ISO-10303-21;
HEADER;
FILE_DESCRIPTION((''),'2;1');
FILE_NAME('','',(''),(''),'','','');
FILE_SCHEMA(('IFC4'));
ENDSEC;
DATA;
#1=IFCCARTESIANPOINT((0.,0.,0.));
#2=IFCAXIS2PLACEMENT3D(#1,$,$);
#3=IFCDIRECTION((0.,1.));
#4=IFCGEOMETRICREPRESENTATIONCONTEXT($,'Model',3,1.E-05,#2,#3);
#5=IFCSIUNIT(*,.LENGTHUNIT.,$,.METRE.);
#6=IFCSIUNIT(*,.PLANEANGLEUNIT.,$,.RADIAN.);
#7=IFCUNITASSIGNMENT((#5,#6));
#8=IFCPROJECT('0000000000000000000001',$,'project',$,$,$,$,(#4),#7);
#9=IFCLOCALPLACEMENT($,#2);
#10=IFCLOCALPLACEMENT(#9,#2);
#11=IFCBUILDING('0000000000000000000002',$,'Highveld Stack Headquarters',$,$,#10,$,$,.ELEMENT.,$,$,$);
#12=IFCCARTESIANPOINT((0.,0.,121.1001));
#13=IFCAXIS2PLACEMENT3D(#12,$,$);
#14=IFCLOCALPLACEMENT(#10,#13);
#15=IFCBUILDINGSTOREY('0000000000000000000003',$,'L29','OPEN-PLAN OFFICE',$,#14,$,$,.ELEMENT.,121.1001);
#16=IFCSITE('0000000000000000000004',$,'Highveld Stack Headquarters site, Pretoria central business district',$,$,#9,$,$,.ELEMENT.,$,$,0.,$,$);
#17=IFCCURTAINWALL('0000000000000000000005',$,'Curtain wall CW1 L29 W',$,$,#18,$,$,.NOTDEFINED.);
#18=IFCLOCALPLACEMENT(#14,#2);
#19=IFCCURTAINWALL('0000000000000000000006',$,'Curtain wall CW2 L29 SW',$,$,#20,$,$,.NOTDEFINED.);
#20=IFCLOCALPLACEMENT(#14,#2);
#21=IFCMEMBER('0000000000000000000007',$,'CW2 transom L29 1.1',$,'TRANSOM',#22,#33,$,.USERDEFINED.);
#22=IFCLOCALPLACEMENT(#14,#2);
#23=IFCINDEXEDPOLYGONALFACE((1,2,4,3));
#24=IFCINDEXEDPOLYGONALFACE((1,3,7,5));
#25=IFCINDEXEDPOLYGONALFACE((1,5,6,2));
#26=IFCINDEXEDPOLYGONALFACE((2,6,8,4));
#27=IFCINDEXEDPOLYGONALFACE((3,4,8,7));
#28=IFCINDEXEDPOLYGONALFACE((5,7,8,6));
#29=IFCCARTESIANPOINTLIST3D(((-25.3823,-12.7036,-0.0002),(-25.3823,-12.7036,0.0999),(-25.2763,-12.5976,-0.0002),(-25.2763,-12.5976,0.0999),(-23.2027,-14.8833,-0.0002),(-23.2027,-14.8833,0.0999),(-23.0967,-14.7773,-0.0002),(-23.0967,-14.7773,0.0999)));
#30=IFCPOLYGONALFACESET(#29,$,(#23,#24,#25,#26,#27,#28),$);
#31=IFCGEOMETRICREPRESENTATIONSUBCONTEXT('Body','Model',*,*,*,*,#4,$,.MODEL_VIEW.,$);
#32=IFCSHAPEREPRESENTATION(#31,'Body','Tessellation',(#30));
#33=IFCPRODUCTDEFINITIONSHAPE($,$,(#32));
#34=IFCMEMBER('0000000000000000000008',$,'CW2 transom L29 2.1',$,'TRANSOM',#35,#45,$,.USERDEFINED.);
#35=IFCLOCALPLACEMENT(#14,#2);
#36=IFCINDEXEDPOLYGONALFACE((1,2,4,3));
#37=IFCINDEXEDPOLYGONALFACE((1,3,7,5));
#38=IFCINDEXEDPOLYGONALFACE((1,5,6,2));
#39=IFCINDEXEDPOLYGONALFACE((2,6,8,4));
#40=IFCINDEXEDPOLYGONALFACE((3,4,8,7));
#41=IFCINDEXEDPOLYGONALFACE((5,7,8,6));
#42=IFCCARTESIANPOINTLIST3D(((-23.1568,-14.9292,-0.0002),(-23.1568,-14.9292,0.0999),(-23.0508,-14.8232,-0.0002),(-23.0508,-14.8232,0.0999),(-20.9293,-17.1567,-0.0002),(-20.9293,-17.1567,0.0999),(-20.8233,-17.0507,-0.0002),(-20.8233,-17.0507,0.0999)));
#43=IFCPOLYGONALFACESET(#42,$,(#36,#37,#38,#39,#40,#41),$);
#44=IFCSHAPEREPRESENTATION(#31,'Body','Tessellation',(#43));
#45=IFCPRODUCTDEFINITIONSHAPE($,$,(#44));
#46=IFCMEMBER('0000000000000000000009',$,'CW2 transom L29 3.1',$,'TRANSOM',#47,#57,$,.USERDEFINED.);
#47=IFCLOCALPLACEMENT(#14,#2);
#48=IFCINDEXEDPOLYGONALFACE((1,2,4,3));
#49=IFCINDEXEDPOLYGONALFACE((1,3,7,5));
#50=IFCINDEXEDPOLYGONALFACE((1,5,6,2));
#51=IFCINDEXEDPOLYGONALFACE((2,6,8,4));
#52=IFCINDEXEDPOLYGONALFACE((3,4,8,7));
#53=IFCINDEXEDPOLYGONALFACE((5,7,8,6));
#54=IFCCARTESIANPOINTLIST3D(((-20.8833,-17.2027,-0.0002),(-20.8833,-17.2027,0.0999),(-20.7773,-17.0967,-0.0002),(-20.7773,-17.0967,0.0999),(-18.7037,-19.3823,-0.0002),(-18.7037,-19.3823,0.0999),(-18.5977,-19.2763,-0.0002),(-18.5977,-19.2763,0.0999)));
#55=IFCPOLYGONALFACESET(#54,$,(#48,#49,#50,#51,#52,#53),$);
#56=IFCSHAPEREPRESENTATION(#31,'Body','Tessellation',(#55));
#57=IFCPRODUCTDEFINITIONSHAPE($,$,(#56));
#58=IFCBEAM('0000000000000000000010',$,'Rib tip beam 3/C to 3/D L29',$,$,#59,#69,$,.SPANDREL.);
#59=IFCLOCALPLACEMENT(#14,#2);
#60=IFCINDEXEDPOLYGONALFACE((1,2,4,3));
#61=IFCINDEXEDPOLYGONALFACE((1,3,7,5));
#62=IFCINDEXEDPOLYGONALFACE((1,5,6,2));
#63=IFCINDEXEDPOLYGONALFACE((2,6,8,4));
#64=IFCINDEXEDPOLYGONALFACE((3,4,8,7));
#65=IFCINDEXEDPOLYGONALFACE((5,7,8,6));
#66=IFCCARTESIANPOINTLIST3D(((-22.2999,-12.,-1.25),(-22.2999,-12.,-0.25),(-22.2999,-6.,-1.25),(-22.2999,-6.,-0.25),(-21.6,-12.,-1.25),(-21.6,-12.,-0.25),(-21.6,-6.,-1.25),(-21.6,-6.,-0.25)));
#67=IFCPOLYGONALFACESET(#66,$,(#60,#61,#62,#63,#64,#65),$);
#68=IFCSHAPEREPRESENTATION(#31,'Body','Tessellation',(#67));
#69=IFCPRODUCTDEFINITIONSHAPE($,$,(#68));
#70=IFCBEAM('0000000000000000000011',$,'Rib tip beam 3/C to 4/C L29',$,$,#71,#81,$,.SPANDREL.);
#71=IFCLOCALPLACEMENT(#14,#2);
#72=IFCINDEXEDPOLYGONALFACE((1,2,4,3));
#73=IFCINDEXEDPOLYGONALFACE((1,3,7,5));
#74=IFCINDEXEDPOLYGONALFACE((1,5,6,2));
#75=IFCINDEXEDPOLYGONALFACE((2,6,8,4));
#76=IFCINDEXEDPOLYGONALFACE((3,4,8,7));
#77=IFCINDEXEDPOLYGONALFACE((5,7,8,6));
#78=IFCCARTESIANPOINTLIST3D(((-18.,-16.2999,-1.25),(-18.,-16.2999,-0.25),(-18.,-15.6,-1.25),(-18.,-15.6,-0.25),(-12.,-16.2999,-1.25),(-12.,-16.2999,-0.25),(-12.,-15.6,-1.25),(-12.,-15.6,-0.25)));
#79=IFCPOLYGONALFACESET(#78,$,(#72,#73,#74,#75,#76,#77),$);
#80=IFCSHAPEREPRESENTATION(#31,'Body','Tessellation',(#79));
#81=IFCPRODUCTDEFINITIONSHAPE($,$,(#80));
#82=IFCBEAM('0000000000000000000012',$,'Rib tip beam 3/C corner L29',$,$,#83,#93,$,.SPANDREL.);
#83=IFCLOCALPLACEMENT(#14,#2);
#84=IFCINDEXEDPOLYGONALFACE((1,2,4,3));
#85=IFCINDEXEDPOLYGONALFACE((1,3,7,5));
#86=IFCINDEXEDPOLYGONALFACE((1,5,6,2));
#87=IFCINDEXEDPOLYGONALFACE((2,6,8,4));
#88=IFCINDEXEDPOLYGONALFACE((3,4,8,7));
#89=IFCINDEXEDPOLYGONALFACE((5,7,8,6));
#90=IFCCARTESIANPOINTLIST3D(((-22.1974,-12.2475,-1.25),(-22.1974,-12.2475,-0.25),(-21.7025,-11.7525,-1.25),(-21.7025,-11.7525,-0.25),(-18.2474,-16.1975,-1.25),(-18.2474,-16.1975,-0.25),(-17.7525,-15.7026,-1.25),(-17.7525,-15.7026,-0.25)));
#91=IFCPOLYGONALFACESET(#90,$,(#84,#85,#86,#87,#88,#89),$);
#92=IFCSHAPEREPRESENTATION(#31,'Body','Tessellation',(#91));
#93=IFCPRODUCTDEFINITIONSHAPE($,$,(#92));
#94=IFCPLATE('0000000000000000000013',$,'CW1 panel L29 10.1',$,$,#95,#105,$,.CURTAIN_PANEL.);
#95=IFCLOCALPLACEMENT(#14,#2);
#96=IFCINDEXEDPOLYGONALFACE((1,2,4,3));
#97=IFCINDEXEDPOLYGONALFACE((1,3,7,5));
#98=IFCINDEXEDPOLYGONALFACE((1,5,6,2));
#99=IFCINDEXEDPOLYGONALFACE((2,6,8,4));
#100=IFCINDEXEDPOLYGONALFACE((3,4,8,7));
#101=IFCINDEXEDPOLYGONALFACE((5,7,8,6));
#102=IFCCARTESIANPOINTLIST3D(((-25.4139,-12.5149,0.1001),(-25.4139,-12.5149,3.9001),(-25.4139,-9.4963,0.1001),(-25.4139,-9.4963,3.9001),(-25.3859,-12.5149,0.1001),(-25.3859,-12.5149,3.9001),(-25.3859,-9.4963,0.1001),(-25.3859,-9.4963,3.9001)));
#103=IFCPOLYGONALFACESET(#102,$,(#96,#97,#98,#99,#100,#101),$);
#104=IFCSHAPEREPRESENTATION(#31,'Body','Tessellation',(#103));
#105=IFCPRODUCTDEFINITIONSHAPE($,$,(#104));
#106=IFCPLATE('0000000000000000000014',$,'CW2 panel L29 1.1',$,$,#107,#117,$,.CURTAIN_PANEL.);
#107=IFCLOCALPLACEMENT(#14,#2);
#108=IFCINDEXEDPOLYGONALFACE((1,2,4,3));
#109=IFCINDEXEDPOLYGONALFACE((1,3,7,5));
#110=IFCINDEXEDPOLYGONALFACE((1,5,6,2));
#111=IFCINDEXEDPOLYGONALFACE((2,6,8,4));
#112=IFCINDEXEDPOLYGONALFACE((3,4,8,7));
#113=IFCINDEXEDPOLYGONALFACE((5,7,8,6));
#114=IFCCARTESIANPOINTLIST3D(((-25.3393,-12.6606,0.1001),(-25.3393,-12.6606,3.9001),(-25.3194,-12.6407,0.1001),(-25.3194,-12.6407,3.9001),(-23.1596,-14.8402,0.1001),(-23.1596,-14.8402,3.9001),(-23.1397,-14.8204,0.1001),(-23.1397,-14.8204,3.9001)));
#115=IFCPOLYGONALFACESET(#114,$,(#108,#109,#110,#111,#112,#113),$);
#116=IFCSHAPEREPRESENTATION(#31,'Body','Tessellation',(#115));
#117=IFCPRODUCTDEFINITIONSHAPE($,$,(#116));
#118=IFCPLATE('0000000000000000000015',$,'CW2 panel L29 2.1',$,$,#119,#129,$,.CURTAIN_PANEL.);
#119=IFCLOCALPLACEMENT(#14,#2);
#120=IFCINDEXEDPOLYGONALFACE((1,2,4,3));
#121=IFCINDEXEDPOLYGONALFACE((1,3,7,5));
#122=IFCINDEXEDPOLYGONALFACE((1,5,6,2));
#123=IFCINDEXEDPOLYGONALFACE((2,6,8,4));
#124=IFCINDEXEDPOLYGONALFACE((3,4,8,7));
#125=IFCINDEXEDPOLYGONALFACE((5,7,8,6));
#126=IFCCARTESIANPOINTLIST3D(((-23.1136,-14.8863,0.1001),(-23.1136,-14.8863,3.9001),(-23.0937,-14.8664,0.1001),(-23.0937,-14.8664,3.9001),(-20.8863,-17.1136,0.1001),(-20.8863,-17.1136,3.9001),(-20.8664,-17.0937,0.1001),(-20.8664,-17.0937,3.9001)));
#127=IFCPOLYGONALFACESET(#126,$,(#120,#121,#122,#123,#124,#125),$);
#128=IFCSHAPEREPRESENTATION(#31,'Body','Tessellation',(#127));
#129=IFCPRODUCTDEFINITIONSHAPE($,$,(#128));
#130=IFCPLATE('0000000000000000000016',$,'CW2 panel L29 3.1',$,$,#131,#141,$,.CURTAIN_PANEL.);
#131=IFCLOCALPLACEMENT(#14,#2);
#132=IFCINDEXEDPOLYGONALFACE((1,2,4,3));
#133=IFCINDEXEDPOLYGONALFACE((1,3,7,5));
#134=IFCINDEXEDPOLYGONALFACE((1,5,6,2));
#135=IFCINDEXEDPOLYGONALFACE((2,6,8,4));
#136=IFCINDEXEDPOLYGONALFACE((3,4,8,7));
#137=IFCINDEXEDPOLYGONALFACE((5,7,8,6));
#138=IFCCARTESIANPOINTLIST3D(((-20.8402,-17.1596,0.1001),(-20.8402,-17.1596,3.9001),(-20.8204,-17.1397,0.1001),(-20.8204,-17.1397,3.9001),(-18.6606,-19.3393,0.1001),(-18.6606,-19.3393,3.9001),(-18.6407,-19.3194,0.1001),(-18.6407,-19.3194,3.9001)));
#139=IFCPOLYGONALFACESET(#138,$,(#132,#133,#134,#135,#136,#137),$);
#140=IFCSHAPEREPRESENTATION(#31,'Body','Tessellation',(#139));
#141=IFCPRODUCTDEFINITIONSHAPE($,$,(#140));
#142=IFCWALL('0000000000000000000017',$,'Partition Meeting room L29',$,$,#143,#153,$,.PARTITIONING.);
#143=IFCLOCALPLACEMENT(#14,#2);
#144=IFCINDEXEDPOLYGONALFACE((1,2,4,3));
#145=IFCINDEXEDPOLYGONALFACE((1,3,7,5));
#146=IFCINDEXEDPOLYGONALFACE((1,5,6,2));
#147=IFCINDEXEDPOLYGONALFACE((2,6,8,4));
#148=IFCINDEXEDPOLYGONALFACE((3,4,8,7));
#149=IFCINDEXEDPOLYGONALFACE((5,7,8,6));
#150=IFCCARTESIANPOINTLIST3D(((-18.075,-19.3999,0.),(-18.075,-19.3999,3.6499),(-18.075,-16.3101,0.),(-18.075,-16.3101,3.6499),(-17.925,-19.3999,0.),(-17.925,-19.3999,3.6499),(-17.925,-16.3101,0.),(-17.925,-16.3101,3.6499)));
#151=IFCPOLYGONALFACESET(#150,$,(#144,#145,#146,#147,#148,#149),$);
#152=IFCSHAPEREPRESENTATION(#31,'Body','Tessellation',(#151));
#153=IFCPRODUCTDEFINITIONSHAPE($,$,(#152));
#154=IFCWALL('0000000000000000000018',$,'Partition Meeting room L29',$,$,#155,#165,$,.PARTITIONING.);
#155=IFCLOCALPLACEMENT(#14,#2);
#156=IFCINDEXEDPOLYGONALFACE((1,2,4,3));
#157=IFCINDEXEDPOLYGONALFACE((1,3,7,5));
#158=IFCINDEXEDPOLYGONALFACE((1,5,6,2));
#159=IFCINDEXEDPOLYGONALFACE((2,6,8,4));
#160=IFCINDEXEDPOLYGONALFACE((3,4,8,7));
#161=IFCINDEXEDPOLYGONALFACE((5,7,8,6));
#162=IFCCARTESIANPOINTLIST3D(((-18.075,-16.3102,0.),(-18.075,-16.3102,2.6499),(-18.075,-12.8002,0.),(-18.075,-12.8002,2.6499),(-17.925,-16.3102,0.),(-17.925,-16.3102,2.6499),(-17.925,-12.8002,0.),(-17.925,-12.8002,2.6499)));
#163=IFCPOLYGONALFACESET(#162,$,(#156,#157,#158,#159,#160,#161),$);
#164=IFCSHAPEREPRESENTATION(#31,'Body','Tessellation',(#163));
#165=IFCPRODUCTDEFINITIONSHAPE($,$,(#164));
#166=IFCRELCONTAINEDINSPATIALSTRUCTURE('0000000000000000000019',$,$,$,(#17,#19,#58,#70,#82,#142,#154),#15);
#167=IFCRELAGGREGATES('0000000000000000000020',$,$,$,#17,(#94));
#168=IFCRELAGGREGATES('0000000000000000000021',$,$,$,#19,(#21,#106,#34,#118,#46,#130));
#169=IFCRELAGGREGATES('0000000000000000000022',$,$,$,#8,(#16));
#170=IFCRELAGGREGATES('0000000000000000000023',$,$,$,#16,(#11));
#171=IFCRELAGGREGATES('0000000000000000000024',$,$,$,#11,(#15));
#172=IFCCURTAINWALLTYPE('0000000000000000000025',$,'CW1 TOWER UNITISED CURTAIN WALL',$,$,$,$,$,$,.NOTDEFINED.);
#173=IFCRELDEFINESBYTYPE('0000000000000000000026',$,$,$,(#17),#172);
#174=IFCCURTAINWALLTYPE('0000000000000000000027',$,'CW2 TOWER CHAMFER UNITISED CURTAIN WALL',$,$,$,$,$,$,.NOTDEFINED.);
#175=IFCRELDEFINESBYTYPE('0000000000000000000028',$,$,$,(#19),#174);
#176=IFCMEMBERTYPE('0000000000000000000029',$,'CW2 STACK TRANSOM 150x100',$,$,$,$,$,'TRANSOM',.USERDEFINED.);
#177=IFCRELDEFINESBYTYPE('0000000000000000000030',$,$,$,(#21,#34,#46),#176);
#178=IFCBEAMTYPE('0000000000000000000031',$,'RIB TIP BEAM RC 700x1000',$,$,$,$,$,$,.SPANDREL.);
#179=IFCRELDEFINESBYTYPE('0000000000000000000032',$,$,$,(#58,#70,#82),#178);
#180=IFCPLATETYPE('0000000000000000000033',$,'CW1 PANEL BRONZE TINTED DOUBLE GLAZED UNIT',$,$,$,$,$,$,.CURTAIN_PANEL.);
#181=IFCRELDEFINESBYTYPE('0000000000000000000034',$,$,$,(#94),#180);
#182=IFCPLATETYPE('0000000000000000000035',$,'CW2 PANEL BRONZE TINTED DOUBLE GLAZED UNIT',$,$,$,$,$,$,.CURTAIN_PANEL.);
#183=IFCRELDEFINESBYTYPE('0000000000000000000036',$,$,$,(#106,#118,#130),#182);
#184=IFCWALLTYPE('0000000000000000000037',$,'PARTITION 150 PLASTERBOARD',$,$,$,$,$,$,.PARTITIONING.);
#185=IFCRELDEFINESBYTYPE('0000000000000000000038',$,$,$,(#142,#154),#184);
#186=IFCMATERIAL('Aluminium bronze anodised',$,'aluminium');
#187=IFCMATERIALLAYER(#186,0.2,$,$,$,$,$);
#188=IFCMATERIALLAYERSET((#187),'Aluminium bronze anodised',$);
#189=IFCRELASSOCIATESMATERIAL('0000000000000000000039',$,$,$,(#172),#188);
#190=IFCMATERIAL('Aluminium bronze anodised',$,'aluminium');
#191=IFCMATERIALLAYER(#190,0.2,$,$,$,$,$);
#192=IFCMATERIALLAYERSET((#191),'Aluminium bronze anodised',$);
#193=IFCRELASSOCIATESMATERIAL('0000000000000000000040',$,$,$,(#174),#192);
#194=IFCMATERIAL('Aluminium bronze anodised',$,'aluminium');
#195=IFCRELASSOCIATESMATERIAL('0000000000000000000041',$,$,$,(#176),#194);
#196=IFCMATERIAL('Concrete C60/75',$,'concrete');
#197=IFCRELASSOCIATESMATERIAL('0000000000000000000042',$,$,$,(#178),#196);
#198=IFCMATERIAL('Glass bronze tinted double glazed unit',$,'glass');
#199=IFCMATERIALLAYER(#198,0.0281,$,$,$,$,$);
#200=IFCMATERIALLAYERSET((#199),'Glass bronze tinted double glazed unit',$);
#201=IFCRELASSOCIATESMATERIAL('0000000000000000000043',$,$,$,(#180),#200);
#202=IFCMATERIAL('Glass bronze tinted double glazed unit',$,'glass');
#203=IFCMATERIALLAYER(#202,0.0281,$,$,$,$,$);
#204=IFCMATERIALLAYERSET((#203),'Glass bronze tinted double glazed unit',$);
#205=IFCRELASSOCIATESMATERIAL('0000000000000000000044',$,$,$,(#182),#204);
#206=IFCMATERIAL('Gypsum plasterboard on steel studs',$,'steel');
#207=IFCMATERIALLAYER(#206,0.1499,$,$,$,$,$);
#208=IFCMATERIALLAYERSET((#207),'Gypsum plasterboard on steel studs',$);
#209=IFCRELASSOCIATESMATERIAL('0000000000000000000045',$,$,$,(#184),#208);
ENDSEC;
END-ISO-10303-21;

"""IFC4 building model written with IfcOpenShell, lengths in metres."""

from ifc_helpers import new_model, si_unit, direction, frame, frame_2d, origin, origin_2d, place, context, subcontext, project, spatial, rectangle, extrude, material, layer, layer_set, material_profile, profile_set, type_object, element, aggregate, save


model = new_model("IFC4")

# Units and contexts
model_context = context("Model", 3, precision=1e-05, world=origin(), true_north=direction((0.0, 1.0)))
body_context = subcontext(model_context, "Body", "Model", "MODEL_VIEW")
ifc_project = project(units=[si_unit("LENGTHUNIT", "METRE"), si_unit("PLANEANGLEUNIT", "RADIAN")], contexts=[model_context])

# Site, building, storey
site_placement = place(None, origin())
site = spatial("IfcSite", under=ifc_project, at=site_placement, Name="Highveld Stack Headquarters site, Pretoria central business district", CompositionType="ELEMENT", RefElevation=0.0)
building_placement = place(site_placement, origin())
building = spatial("IfcBuilding", under=site, at=building_placement, Name="Highveld Stack Headquarters", CompositionType="ELEMENT")
storey_placement = place(building_placement, frame((0.0, 0.0, 121.1001)))
storey = spatial("IfcBuildingStorey", under=building, at=storey_placement, Name="L29", Description="OPEN-PLAN OFFICE", CompositionType="ELEMENT", Elevation=121.1001)

# Curtain wall
ifc_material_1 = material(Name="Aluminium bronze anodised", Category="aluminium")
ifc_layer_1 = layer(ifc_material_1, 0.2)
ifc_layer_set_1 = layer_set([ifc_layer_1], Name="Aluminium bronze anodised")
curtain_wall_type_1 = type_object("IfcCurtainWallType", Name="CW1 TOWER UNITISED CURTAIN WALL", PredefinedType="NOTDEFINED", material=ifc_layer_set_1)
curtain_wall_1_placement = place(storey_placement, origin())
curtain_wall_1 = element("IfcCurtainWall", 1, at=curtain_wall_1_placement, inside=storey, type_object=curtain_wall_type_1, Name="Curtain wall CW1 L29 W", PredefinedType="NOTDEFINED")

# Curtain wall, members
ifc_material_2 = material(Name="Aluminium bronze anodised", Category="aluminium")
ifc_layer_2 = layer(ifc_material_2, 0.2)
ifc_layer_set_2 = layer_set([ifc_layer_2], Name="Aluminium bronze anodised")
curtain_wall_type_2 = type_object("IfcCurtainWallType", Name="CW2 TOWER CHAMFER UNITISED CURTAIN WALL", PredefinedType="NOTDEFINED", material=ifc_layer_set_2)
curtain_wall_2_placement = place(storey_placement, origin())
curtain_wall_2 = element("IfcCurtainWall", 2, at=curtain_wall_2_placement, inside=storey, type_object=curtain_wall_type_2, Name="Curtain wall CW2 L29 SW", PredefinedType="NOTDEFINED")
ifc_material_3 = material(Name="Aluminium bronze anodised", Category="aluminium")
ifc_material_profile_1 = material_profile(ifc_material_3, rectangle(XDim=0.1499, YDim=0.1001, at=origin_2d()), Name="CW2 TRANSOM 150x100")
ifc_profile_set_1 = profile_set([ifc_material_profile_1], Name="Aluminium bronze anodised")
member_type_1 = type_object("IfcMemberType", Name="CW2 STACK TRANSOM 150x100", ElementType="TRANSOM", PredefinedType="USERDEFINED", material=ifc_profile_set_1)
member_1_placement = place(storey_placement, frame((-25.3293, -12.6506, 0.0498), z_axis=(0.707107, -0.707107, 0.0), x_axis=(0.707107, 0.707107, 0.0)))
member_1 = element("IfcMember", 3, at=member_1_placement, type_object=member_type_1, Name="CW2 transom L29 1.1", ObjectType="TRANSOM", PredefinedType="USERDEFINED", context=body_context, shape_type="SweptSolid", body=[
    extrude(rectangle(XDim=0.1499, YDim=0.1001, at=origin_2d()), origin(), (0.0, 0.0, 1.0), 3.0825),
])
member_2_placement = place(storey_placement, frame((-23.1038, -14.8762, 0.0498), z_axis=(0.707107, -0.707107, 0.0), x_axis=(0.707107, 0.707107, 0.0)))
member_2 = element("IfcMember", 4, at=member_2_placement, type_object=member_type_1, Name="CW2 transom L29 2.1", ObjectType="TRANSOM", PredefinedType="USERDEFINED", context=body_context, shape_type="SweptSolid", body=[
    extrude(rectangle(XDim=0.1499, YDim=0.1001, at=origin_2d()), origin(), (0.0, 0.0, 1.0), 3.1501),
])
member_3_placement = place(storey_placement, frame((-20.8303, -17.1497, 0.0498), z_axis=(0.707107, -0.707107, 0.0), x_axis=(0.707107, 0.707107, 0.0)))
member_3 = element("IfcMember", 5, at=member_3_placement, type_object=member_type_1, Name="CW2 transom L29 3.1", ObjectType="TRANSOM", PredefinedType="USERDEFINED", context=body_context, shape_type="SweptSolid", body=[
    extrude(rectangle(XDim=0.1499, YDim=0.1001, at=origin_2d()), origin(), (0.0, 0.0, 1.0), 3.0825),
])

# Beams
ifc_material_4 = material(Name="Concrete C60/75", Category="concrete")
ifc_material_profile_2 = material_profile(ifc_material_4, rectangle(XDim=0.7, YDim=1.0, at=origin_2d()), Name="RC 700x1000")
ifc_profile_set_2 = profile_set([ifc_material_profile_2], Name="Concrete C60/75")
beam_type_1 = type_object("IfcBeamType", Name="RIB TIP BEAM RC 700x1000", PredefinedType="SPANDREL", material=ifc_profile_set_2)
for number, where, z_axis, x_axis, name in (
    (6, (-21.95, -12.0, -0.75), (0.0, 1.0, 0.0), (-1.0, 0.0, 0.0), "Rib tip beam 3/C to 3/D L29"),
    (7, (-18.0, -15.95, -0.75), (1.0, 0.0, 0.0), (0.0, 1.0, 0.0), "Rib tip beam 3/C to 4/C L29"),
):
    element("IfcBeam", number, at=place(storey_placement, frame(where, z_axis=z_axis, x_axis=x_axis)), inside=storey, type_object=beam_type_1, Name=name, PredefinedType="SPANDREL", context=body_context, shape_type="SweptSolid", body=[
        extrude(rectangle(XDim=0.7, YDim=1.0, at=origin_2d()), origin(), (0.0, 0.0, 1.0), 6.0),
    ])
beam_1_placement = place(storey_placement, frame((-21.95, -12.0, -0.75), z_axis=(0.707107, -0.707107, 0.0), x_axis=(0.707107, 0.707107, 0.0)))
element("IfcBeam", 8, at=beam_1_placement, inside=storey, type_object=beam_type_1, Name="Rib tip beam 3/C corner L29", PredefinedType="SPANDREL", context=body_context, shape_type="SweptSolid", body=[
    extrude(rectangle(XDim=0.7, YDim=1.0, at=origin_2d()), origin(), (0.0, 0.0, 1.0), 5.5862),
])

# Plates
ifc_material_5 = material(Name="Glass bronze tinted double glazed unit", Category="glass")
ifc_layer_3 = layer(ifc_material_5, 0.0281)
ifc_layer_set_3 = layer_set([ifc_layer_3], Name="Glass bronze tinted double glazed unit")
plate_type_1 = type_object("IfcPlateType", Name="CW1 PANEL BRONZE TINTED DOUBLE GLAZED UNIT", PredefinedType="CURTAIN_PANEL", material=ifc_layer_set_3)
plate_1_placement = place(storey_placement, frame((-25.3999, -11.0056, 0.1001), z_axis=(0.0, 0.0, 1.0), x_axis=(0.0, -1.0, 0.0)))
plate_1 = element("IfcPlate", 9, at=plate_1_placement, type_object=plate_type_1, Name="CW1 panel L29 10.1", PredefinedType="CURTAIN_PANEL", context=body_context, shape_type="SweptSolid", body=[
    extrude(rectangle(XDim=3.0186, YDim=0.0281, at=origin_2d()), origin(), (0.0, 0.0, 1.0), 3.8),
])
aggregate(curtain_wall_1, [plate_1])
ifc_material_6 = material(Name="Glass bronze tinted double glazed unit", Category="glass")
ifc_layer_4 = layer(ifc_material_6, 0.0281)
ifc_layer_set_4 = layer_set([ifc_layer_4], Name="Glass bronze tinted double glazed unit")
plate_type_2 = type_object("IfcPlateType", Name="CW2 PANEL BRONZE TINTED DOUBLE GLAZED UNIT", PredefinedType="CURTAIN_PANEL", material=ifc_layer_set_4)
plate_2_placement = place(storey_placement, frame((-24.2395, -13.7405, 0.1001), z_axis=(0.0, 0.0, 1.0), x_axis=(0.707107, -0.707107, 0.0)))
plate_2 = element("IfcPlate", 10, at=plate_2_placement, type_object=plate_type_2, Name="CW2 panel L29 1.1", PredefinedType="CURTAIN_PANEL", context=body_context, shape_type="SweptSolid", body=[
    extrude(rectangle(XDim=3.0825, YDim=0.0281, at=origin_2d()), origin(), (0.0, 0.0, 1.0), 3.8),
])
plate_3_placement = place(storey_placement, frame((-21.99, -15.99, 0.1001), z_axis=(0.0, 0.0, 1.0), x_axis=(0.707107, -0.707107, 0.0)))
plate_3 = element("IfcPlate", 11, at=plate_3_placement, type_object=plate_type_2, Name="CW2 panel L29 2.1", PredefinedType="CURTAIN_PANEL", context=body_context, shape_type="SweptSolid", body=[
    extrude(rectangle(XDim=3.1499, YDim=0.0281, at=origin_2d()), origin(), (0.0, 0.0, 1.0), 3.8),
])
plate_4_placement = place(storey_placement, frame((-19.7405, -18.2395, 0.1001), z_axis=(0.0, 0.0, 1.0), x_axis=(0.707107, -0.707107, 0.0)))
plate_4 = element("IfcPlate", 12, at=plate_4_placement, type_object=plate_type_2, Name="CW2 panel L29 3.1", PredefinedType="CURTAIN_PANEL", context=body_context, shape_type="SweptSolid", body=[
    extrude(rectangle(XDim=3.0825, YDim=0.0281, at=origin_2d()), origin(), (0.0, 0.0, 1.0), 3.8),
])
aggregate(curtain_wall_2, [member_1, plate_2, member_2, plate_3, member_3, plate_4])

# Walls
ifc_material_7 = material(Name="Gypsum plasterboard on steel studs", Category="steel")
ifc_layer_5 = layer(ifc_material_7, 0.1499)
ifc_layer_set_5 = layer_set([ifc_layer_5], Name="Gypsum plasterboard on steel studs")
wall_type = type_object("IfcWallType", Name="PARTITION 150 PLASTERBOARD", PredefinedType="PARTITIONING", material=ifc_layer_set_5)
wall_1_placement = place(storey_placement, frame((-18.0, -19.3999, 0.0), z_axis=(0.0, 0.0, 1.0), x_axis=(0.0, 1.0, 0.0)))
element("IfcWall", 13, at=wall_1_placement, inside=storey, type_object=wall_type, Name="Partition Meeting room L29", PredefinedType="PARTITIONING", context=body_context, shape_type="SweptSolid", body=[
    extrude(rectangle(XDim=3.0898, YDim=0.1499, at=frame_2d((1.5449, 0.0))), origin(), (0.0, 0.0, 1.0), 3.6499),
])
wall_2_placement = place(storey_placement, frame((-18.0, -16.3101, 0.0), z_axis=(0.0, 0.0, 1.0), x_axis=(0.0, 1.0, 0.0)))
element("IfcWall", 14, at=wall_2_placement, inside=storey, type_object=wall_type, Name="Partition Meeting room L29", PredefinedType="PARTITIONING", context=body_context, shape_type="SweptSolid", body=[
    extrude(rectangle(XDim=3.51, YDim=0.1499, at=frame_2d((1.7549, 0.0))), origin(), (0.0, 0.0, 1.0), 2.6499),
])

save(model, "model.ifc")
